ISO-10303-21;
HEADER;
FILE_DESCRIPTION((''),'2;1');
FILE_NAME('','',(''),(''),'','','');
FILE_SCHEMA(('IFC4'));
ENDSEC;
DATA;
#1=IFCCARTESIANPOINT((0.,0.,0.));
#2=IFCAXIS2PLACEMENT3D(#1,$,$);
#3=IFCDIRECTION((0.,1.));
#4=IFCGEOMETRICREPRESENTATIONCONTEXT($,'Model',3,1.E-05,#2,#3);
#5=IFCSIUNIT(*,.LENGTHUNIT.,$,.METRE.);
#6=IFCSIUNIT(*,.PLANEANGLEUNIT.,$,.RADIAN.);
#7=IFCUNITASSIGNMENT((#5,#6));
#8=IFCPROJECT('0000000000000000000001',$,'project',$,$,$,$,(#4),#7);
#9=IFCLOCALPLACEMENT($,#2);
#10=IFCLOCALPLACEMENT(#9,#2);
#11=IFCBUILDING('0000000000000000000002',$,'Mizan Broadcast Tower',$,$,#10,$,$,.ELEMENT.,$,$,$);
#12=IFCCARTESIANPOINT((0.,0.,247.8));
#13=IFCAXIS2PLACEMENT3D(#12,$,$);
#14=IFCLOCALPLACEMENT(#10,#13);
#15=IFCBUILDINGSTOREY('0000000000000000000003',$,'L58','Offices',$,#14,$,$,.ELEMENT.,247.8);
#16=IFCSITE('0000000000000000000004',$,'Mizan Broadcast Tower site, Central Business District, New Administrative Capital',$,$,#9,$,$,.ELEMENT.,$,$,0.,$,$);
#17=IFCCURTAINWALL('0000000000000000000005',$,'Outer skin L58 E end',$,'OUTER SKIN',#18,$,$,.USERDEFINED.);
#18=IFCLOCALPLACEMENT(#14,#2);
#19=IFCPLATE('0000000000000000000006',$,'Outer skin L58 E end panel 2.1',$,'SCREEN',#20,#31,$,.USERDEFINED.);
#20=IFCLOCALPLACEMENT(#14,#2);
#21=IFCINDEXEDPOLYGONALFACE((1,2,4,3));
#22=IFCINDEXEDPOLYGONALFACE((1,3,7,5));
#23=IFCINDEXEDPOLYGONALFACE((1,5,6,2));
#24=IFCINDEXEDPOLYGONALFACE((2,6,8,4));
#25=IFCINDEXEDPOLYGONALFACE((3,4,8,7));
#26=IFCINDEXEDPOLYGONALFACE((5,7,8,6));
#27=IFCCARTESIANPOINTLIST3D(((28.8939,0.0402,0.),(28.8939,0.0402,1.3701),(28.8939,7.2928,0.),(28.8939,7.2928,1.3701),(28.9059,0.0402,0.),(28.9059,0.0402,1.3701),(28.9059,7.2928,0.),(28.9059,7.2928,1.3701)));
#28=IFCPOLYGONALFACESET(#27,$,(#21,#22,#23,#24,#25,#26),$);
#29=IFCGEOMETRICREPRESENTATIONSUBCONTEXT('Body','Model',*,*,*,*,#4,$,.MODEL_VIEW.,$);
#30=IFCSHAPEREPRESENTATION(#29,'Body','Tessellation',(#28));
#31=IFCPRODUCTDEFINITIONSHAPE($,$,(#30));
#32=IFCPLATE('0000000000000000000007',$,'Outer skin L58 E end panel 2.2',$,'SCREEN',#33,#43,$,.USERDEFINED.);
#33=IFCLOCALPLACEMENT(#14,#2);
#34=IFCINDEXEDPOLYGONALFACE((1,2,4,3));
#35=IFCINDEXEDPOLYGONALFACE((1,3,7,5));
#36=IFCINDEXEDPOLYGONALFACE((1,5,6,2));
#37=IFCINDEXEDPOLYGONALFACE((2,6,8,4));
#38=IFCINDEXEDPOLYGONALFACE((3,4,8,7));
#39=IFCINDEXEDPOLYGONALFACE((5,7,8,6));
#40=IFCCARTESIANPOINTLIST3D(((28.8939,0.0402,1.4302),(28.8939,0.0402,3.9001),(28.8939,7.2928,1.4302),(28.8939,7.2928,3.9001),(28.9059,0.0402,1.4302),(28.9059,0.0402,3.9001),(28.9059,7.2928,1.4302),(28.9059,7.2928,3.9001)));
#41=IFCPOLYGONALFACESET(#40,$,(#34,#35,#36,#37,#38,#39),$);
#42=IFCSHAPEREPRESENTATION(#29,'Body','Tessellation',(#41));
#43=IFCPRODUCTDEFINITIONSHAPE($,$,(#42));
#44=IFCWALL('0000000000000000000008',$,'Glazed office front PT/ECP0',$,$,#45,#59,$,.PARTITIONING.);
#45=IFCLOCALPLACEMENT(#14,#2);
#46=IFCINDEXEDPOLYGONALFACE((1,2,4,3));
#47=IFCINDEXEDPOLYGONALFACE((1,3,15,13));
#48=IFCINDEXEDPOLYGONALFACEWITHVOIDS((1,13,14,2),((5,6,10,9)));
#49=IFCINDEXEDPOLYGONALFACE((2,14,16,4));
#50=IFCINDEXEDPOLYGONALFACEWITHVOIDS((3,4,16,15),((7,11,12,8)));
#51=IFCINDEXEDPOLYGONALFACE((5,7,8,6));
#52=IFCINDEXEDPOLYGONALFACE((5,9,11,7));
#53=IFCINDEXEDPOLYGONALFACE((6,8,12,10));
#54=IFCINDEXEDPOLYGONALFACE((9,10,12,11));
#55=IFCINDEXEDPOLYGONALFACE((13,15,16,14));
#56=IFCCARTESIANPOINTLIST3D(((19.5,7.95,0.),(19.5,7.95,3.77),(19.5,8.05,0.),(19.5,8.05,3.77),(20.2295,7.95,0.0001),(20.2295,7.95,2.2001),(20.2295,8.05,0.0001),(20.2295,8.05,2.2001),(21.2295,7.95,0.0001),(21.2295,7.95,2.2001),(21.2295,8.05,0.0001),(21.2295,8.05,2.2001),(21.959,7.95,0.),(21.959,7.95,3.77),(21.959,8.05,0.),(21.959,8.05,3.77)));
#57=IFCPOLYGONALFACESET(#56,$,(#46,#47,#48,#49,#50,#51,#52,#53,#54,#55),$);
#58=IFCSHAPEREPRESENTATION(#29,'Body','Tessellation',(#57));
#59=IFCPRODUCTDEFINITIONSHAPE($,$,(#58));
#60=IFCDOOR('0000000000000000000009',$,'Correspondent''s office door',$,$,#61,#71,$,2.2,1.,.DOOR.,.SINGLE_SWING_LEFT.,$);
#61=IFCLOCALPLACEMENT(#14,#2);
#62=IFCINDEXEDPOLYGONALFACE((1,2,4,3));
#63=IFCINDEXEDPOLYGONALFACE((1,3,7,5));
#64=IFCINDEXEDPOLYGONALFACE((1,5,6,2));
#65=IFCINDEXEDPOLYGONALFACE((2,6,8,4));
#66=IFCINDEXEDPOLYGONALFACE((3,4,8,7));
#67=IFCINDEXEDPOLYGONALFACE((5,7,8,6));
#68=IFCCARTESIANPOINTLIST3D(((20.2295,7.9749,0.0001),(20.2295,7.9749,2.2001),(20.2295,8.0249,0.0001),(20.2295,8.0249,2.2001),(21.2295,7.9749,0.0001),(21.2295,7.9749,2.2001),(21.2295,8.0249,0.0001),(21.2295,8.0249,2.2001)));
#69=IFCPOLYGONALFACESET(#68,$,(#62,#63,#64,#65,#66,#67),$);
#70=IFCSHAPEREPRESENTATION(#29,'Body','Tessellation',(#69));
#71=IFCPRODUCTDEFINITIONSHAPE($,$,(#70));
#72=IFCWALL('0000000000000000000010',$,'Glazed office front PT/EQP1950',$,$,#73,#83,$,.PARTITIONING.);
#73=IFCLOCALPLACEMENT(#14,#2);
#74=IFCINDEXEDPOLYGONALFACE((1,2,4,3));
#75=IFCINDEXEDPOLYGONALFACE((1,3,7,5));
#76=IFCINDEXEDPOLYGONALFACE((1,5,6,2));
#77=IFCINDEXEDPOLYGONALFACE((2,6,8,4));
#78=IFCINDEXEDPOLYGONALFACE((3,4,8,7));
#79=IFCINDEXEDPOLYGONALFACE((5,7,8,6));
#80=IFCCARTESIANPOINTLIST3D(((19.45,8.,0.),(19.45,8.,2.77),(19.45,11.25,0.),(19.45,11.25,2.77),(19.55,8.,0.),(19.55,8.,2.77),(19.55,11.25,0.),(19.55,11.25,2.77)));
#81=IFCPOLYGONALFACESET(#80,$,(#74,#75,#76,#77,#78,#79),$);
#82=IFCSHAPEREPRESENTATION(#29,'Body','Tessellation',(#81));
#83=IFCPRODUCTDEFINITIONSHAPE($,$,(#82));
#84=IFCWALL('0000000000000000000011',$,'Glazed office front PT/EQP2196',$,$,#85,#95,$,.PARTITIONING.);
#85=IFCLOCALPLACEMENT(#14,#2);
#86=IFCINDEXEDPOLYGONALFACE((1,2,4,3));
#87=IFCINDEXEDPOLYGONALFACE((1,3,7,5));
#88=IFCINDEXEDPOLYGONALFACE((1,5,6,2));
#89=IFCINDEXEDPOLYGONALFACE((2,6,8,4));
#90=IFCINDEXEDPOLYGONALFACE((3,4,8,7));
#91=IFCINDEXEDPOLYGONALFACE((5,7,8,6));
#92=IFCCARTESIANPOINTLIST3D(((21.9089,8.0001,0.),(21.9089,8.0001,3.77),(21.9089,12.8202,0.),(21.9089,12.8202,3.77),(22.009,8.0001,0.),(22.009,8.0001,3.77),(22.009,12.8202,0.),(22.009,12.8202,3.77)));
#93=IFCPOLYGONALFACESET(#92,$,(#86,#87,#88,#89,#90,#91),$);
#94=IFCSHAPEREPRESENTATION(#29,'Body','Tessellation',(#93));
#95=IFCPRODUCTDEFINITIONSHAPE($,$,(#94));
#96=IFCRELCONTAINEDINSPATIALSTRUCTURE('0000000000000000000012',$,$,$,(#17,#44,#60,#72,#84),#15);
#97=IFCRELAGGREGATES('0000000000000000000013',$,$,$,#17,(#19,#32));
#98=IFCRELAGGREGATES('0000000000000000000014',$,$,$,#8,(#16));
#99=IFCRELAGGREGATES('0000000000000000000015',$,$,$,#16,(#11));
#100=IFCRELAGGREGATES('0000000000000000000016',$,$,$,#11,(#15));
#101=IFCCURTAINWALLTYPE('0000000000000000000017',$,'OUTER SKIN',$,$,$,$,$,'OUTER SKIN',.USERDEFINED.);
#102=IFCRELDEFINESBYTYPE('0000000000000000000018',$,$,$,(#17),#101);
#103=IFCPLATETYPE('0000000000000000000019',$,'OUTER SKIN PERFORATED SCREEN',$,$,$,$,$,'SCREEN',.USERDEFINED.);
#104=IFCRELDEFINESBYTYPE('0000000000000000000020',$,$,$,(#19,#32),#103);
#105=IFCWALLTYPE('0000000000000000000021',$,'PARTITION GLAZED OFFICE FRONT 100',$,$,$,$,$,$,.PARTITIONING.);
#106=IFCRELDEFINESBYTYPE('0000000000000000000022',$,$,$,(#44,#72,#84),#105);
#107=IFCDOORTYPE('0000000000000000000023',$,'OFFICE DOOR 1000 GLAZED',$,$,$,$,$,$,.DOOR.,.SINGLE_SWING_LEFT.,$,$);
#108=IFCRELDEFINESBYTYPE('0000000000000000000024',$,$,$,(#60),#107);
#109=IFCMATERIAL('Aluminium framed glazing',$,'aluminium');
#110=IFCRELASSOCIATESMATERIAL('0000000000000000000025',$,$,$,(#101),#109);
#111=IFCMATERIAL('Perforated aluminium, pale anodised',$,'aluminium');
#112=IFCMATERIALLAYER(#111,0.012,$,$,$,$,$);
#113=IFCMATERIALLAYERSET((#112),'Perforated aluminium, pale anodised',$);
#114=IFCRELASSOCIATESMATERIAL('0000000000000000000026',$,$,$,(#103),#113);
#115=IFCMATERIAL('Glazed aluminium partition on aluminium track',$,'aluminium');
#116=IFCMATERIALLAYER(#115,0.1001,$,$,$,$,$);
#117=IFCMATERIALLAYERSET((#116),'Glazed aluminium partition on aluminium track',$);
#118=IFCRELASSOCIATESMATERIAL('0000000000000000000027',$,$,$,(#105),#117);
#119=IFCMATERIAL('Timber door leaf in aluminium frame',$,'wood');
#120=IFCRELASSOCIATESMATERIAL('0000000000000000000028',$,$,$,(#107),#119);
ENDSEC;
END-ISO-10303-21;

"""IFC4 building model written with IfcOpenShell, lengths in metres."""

from ifc_helpers import new_model, si_unit, direction, frame, frame_2d, origin, origin_2d, place, context, subcontext, project, spatial, rectangle, extrude, material, layer, layer_set, type_object, element, fill, aggregate, save


model = new_model("IFC4")

# Units and contexts
model_context = context("Model", 3, precision=1e-05, world=origin(), true_north=direction((0.0, 1.0)))
body_context = subcontext(model_context, "Body", "Model", "MODEL_VIEW")
ifc_project = project(units=[si_unit("LENGTHUNIT", "METRE"), si_unit("PLANEANGLEUNIT", "RADIAN")], contexts=[model_context])

# Site, building, storey
site_placement = place(None, origin())
site = spatial("IfcSite", under=ifc_project, at=site_placement, Name="Mizan Broadcast Tower site, Central Business District, New Administrative Capital", CompositionType="ELEMENT", RefElevation=0.0)
building_placement = place(site_placement, origin())
building = spatial("IfcBuilding", under=site, at=building_placement, Name="Mizan Broadcast Tower", CompositionType="ELEMENT")
storey_placement = place(building_placement, frame((0.0, 0.0, 247.8)))
storey = spatial("IfcBuildingStorey", under=building, at=storey_placement, Name="L58", Description="Offices", CompositionType="ELEMENT", Elevation=247.8)

# Curtain wall
ifc_material_1 = material(Name="Aluminium framed glazing", Category="aluminium")
curtain_wall_type_1 = type_object("IfcCurtainWallType", Name="OUTER SKIN", ElementType="OUTER SKIN", PredefinedType="USERDEFINED", material=ifc_material_1)
curtain_wall_1_placement = place(storey_placement, origin())
curtain_wall_1 = element("IfcCurtainWall", 1, at=curtain_wall_1_placement, inside=storey, type_object=curtain_wall_type_1, Name="Outer skin L58 E end", ObjectType="OUTER SKIN", PredefinedType="USERDEFINED")

# Plates
ifc_material_2 = material(Name="Perforated aluminium, pale anodised", Category="aluminium")
ifc_layer_1 = layer(ifc_material_2, 0.012)
ifc_layer_set_1 = layer_set([ifc_layer_1], Name="Perforated aluminium, pale anodised")
plate_type_1 = type_object("IfcPlateType", Name="OUTER SKIN PERFORATED SCREEN", ElementType="SCREEN", PredefinedType="USERDEFINED", material=ifc_layer_set_1)
plate_1_placement = place(storey_placement, frame((28.8999, 3.6665, 0.0), z_axis=(0.0, 0.0, 1.0), x_axis=(0.0, 1.0, 0.0)))
plate_1 = element("IfcPlate", 2, at=plate_1_placement, type_object=plate_type_1, Name="Outer skin L58 E end panel 2.1", ObjectType="SCREEN", PredefinedType="USERDEFINED", context=body_context, shape_type="SweptSolid", body=[
    extrude(rectangle(XDim=7.2527, YDim=0.012, at=origin_2d()), origin(), (0.0, 0.0, 1.0), 1.3701),
])
plate_2_placement = place(storey_placement, frame((28.8999, 3.6665, 1.4302), z_axis=(0.0, 0.0, 1.0), x_axis=(0.0, 1.0, 0.0)))
plate_2 = element("IfcPlate", 3, at=plate_2_placement, type_object=plate_type_1, Name="Outer skin L58 E end panel 2.2", ObjectType="SCREEN", PredefinedType="USERDEFINED", context=body_context, shape_type="SweptSolid", body=[
    extrude(rectangle(XDim=7.2527, YDim=0.012, at=origin_2d()), origin(), (0.0, 0.0, 1.0), 2.47),
])
aggregate(curtain_wall_1, [plate_1, plate_2])

# Wall, opening, door
ifc_material_3 = material(Name="Glazed aluminium partition on aluminium track", Category="aluminium")
ifc_layer_2 = layer(ifc_material_3, 0.1001)
ifc_layer_set_2 = layer_set([ifc_layer_2], Name="Glazed aluminium partition on aluminium track")
wall_type = type_object("IfcWallType", Name="PARTITION GLAZED OFFICE FRONT 100", PredefinedType="PARTITIONING", material=ifc_layer_set_2)
wall_1_placement = place(storey_placement, frame((19.5, 8.0, 0.0), z_axis=(0.0, 0.0, 1.0), x_axis=(1.0, 0.0, 0.0)))
wall_1 = element("IfcWall", 4, at=wall_1_placement, inside=storey, type_object=wall_type, Name="Glazed office front PT/ECP0", PredefinedType="PARTITIONING", context=body_context, shape_type="SweptSolid", body=[
    extrude(rectangle(XDim=2.459, YDim=0.1001, at=frame_2d((1.2295, 0.0))), origin(), (0.0, 0.0, 1.0), 3.77),
])
opening_placement = place(wall_1_placement, frame((0.7295, 0.0, 0.0)))
opening = element("IfcOpeningElement", 5, at=opening_placement, cuts=wall_1, PredefinedType="OPENING", context=body_context, shape_type="SweptSolid", body=[
    extrude(rectangle(XDim=1.0, YDim=2.2, at=frame_2d((0.5, 1.1001))), frame((0.0, 0.0601, 0.0), z_axis=(0.0, -1.0, 0.0), x_axis=(1.0, 0.0, 0.0)), (0.0, 0.0, 1.0), 0.1201),
])
ifc_material_4 = material(Name="Timber door leaf in aluminium frame", Category="wood")
door_type = type_object("IfcDoorType", Name="OFFICE DOOR 1000 GLAZED", OperationType="SINGLE_SWING_LEFT", PredefinedType="DOOR", material=ifc_material_4)
door_placement = place(opening_placement, origin())
door = element("IfcDoor", 6, at=door_placement, inside=storey, type_object=door_type, Name="Correspondent's office door", OperationType="SINGLE_SWING_LEFT", OverallHeight=2.2, OverallWidth=1.0, PredefinedType="DOOR", context=body_context, shape_type="SweptSolid", body=[
    extrude(rectangle(XDim=1.0, YDim=2.2, at=frame_2d((0.5, 1.1001))), frame((0.0, 0.0249, 0.0), z_axis=(0.0, -1.0, 0.0), x_axis=(1.0, 0.0, 0.0)), (0.0, 0.0, 1.0), 0.05),
])
fill(opening, door)

# Walls
wall_2_placement = place(storey_placement, frame((19.5, 8.0, 0.0), z_axis=(0.0, 0.0, 1.0), x_axis=(0.0, 1.0, 0.0)))
element("IfcWall", 7, at=wall_2_placement, inside=storey, type_object=wall_type, Name="Glazed office front PT/EQP1950", PredefinedType="PARTITIONING", context=body_context, shape_type="SweptSolid", body=[
    extrude(rectangle(XDim=3.25, YDim=0.1001, at=frame_2d((1.625, 0.0))), origin(), (0.0, 0.0, 1.0), 2.77),
])
wall_3_placement = place(storey_placement, frame((21.959, 8.0, 0.0), z_axis=(0.0, 0.0, 1.0), x_axis=(0.0, 1.0, 0.0)))
element("IfcWall", 8, at=wall_3_placement, inside=storey, type_object=wall_type, Name="Glazed office front PT/EQP2196", PredefinedType="PARTITIONING", context=body_context, shape_type="SweptSolid", body=[
    extrude(rectangle(XDim=4.8201, YDim=0.1001, at=frame_2d((2.4102, 0.0))), origin(), (0.0, 0.0, 1.0), 3.77),
])

save(model, "model.ifc")
